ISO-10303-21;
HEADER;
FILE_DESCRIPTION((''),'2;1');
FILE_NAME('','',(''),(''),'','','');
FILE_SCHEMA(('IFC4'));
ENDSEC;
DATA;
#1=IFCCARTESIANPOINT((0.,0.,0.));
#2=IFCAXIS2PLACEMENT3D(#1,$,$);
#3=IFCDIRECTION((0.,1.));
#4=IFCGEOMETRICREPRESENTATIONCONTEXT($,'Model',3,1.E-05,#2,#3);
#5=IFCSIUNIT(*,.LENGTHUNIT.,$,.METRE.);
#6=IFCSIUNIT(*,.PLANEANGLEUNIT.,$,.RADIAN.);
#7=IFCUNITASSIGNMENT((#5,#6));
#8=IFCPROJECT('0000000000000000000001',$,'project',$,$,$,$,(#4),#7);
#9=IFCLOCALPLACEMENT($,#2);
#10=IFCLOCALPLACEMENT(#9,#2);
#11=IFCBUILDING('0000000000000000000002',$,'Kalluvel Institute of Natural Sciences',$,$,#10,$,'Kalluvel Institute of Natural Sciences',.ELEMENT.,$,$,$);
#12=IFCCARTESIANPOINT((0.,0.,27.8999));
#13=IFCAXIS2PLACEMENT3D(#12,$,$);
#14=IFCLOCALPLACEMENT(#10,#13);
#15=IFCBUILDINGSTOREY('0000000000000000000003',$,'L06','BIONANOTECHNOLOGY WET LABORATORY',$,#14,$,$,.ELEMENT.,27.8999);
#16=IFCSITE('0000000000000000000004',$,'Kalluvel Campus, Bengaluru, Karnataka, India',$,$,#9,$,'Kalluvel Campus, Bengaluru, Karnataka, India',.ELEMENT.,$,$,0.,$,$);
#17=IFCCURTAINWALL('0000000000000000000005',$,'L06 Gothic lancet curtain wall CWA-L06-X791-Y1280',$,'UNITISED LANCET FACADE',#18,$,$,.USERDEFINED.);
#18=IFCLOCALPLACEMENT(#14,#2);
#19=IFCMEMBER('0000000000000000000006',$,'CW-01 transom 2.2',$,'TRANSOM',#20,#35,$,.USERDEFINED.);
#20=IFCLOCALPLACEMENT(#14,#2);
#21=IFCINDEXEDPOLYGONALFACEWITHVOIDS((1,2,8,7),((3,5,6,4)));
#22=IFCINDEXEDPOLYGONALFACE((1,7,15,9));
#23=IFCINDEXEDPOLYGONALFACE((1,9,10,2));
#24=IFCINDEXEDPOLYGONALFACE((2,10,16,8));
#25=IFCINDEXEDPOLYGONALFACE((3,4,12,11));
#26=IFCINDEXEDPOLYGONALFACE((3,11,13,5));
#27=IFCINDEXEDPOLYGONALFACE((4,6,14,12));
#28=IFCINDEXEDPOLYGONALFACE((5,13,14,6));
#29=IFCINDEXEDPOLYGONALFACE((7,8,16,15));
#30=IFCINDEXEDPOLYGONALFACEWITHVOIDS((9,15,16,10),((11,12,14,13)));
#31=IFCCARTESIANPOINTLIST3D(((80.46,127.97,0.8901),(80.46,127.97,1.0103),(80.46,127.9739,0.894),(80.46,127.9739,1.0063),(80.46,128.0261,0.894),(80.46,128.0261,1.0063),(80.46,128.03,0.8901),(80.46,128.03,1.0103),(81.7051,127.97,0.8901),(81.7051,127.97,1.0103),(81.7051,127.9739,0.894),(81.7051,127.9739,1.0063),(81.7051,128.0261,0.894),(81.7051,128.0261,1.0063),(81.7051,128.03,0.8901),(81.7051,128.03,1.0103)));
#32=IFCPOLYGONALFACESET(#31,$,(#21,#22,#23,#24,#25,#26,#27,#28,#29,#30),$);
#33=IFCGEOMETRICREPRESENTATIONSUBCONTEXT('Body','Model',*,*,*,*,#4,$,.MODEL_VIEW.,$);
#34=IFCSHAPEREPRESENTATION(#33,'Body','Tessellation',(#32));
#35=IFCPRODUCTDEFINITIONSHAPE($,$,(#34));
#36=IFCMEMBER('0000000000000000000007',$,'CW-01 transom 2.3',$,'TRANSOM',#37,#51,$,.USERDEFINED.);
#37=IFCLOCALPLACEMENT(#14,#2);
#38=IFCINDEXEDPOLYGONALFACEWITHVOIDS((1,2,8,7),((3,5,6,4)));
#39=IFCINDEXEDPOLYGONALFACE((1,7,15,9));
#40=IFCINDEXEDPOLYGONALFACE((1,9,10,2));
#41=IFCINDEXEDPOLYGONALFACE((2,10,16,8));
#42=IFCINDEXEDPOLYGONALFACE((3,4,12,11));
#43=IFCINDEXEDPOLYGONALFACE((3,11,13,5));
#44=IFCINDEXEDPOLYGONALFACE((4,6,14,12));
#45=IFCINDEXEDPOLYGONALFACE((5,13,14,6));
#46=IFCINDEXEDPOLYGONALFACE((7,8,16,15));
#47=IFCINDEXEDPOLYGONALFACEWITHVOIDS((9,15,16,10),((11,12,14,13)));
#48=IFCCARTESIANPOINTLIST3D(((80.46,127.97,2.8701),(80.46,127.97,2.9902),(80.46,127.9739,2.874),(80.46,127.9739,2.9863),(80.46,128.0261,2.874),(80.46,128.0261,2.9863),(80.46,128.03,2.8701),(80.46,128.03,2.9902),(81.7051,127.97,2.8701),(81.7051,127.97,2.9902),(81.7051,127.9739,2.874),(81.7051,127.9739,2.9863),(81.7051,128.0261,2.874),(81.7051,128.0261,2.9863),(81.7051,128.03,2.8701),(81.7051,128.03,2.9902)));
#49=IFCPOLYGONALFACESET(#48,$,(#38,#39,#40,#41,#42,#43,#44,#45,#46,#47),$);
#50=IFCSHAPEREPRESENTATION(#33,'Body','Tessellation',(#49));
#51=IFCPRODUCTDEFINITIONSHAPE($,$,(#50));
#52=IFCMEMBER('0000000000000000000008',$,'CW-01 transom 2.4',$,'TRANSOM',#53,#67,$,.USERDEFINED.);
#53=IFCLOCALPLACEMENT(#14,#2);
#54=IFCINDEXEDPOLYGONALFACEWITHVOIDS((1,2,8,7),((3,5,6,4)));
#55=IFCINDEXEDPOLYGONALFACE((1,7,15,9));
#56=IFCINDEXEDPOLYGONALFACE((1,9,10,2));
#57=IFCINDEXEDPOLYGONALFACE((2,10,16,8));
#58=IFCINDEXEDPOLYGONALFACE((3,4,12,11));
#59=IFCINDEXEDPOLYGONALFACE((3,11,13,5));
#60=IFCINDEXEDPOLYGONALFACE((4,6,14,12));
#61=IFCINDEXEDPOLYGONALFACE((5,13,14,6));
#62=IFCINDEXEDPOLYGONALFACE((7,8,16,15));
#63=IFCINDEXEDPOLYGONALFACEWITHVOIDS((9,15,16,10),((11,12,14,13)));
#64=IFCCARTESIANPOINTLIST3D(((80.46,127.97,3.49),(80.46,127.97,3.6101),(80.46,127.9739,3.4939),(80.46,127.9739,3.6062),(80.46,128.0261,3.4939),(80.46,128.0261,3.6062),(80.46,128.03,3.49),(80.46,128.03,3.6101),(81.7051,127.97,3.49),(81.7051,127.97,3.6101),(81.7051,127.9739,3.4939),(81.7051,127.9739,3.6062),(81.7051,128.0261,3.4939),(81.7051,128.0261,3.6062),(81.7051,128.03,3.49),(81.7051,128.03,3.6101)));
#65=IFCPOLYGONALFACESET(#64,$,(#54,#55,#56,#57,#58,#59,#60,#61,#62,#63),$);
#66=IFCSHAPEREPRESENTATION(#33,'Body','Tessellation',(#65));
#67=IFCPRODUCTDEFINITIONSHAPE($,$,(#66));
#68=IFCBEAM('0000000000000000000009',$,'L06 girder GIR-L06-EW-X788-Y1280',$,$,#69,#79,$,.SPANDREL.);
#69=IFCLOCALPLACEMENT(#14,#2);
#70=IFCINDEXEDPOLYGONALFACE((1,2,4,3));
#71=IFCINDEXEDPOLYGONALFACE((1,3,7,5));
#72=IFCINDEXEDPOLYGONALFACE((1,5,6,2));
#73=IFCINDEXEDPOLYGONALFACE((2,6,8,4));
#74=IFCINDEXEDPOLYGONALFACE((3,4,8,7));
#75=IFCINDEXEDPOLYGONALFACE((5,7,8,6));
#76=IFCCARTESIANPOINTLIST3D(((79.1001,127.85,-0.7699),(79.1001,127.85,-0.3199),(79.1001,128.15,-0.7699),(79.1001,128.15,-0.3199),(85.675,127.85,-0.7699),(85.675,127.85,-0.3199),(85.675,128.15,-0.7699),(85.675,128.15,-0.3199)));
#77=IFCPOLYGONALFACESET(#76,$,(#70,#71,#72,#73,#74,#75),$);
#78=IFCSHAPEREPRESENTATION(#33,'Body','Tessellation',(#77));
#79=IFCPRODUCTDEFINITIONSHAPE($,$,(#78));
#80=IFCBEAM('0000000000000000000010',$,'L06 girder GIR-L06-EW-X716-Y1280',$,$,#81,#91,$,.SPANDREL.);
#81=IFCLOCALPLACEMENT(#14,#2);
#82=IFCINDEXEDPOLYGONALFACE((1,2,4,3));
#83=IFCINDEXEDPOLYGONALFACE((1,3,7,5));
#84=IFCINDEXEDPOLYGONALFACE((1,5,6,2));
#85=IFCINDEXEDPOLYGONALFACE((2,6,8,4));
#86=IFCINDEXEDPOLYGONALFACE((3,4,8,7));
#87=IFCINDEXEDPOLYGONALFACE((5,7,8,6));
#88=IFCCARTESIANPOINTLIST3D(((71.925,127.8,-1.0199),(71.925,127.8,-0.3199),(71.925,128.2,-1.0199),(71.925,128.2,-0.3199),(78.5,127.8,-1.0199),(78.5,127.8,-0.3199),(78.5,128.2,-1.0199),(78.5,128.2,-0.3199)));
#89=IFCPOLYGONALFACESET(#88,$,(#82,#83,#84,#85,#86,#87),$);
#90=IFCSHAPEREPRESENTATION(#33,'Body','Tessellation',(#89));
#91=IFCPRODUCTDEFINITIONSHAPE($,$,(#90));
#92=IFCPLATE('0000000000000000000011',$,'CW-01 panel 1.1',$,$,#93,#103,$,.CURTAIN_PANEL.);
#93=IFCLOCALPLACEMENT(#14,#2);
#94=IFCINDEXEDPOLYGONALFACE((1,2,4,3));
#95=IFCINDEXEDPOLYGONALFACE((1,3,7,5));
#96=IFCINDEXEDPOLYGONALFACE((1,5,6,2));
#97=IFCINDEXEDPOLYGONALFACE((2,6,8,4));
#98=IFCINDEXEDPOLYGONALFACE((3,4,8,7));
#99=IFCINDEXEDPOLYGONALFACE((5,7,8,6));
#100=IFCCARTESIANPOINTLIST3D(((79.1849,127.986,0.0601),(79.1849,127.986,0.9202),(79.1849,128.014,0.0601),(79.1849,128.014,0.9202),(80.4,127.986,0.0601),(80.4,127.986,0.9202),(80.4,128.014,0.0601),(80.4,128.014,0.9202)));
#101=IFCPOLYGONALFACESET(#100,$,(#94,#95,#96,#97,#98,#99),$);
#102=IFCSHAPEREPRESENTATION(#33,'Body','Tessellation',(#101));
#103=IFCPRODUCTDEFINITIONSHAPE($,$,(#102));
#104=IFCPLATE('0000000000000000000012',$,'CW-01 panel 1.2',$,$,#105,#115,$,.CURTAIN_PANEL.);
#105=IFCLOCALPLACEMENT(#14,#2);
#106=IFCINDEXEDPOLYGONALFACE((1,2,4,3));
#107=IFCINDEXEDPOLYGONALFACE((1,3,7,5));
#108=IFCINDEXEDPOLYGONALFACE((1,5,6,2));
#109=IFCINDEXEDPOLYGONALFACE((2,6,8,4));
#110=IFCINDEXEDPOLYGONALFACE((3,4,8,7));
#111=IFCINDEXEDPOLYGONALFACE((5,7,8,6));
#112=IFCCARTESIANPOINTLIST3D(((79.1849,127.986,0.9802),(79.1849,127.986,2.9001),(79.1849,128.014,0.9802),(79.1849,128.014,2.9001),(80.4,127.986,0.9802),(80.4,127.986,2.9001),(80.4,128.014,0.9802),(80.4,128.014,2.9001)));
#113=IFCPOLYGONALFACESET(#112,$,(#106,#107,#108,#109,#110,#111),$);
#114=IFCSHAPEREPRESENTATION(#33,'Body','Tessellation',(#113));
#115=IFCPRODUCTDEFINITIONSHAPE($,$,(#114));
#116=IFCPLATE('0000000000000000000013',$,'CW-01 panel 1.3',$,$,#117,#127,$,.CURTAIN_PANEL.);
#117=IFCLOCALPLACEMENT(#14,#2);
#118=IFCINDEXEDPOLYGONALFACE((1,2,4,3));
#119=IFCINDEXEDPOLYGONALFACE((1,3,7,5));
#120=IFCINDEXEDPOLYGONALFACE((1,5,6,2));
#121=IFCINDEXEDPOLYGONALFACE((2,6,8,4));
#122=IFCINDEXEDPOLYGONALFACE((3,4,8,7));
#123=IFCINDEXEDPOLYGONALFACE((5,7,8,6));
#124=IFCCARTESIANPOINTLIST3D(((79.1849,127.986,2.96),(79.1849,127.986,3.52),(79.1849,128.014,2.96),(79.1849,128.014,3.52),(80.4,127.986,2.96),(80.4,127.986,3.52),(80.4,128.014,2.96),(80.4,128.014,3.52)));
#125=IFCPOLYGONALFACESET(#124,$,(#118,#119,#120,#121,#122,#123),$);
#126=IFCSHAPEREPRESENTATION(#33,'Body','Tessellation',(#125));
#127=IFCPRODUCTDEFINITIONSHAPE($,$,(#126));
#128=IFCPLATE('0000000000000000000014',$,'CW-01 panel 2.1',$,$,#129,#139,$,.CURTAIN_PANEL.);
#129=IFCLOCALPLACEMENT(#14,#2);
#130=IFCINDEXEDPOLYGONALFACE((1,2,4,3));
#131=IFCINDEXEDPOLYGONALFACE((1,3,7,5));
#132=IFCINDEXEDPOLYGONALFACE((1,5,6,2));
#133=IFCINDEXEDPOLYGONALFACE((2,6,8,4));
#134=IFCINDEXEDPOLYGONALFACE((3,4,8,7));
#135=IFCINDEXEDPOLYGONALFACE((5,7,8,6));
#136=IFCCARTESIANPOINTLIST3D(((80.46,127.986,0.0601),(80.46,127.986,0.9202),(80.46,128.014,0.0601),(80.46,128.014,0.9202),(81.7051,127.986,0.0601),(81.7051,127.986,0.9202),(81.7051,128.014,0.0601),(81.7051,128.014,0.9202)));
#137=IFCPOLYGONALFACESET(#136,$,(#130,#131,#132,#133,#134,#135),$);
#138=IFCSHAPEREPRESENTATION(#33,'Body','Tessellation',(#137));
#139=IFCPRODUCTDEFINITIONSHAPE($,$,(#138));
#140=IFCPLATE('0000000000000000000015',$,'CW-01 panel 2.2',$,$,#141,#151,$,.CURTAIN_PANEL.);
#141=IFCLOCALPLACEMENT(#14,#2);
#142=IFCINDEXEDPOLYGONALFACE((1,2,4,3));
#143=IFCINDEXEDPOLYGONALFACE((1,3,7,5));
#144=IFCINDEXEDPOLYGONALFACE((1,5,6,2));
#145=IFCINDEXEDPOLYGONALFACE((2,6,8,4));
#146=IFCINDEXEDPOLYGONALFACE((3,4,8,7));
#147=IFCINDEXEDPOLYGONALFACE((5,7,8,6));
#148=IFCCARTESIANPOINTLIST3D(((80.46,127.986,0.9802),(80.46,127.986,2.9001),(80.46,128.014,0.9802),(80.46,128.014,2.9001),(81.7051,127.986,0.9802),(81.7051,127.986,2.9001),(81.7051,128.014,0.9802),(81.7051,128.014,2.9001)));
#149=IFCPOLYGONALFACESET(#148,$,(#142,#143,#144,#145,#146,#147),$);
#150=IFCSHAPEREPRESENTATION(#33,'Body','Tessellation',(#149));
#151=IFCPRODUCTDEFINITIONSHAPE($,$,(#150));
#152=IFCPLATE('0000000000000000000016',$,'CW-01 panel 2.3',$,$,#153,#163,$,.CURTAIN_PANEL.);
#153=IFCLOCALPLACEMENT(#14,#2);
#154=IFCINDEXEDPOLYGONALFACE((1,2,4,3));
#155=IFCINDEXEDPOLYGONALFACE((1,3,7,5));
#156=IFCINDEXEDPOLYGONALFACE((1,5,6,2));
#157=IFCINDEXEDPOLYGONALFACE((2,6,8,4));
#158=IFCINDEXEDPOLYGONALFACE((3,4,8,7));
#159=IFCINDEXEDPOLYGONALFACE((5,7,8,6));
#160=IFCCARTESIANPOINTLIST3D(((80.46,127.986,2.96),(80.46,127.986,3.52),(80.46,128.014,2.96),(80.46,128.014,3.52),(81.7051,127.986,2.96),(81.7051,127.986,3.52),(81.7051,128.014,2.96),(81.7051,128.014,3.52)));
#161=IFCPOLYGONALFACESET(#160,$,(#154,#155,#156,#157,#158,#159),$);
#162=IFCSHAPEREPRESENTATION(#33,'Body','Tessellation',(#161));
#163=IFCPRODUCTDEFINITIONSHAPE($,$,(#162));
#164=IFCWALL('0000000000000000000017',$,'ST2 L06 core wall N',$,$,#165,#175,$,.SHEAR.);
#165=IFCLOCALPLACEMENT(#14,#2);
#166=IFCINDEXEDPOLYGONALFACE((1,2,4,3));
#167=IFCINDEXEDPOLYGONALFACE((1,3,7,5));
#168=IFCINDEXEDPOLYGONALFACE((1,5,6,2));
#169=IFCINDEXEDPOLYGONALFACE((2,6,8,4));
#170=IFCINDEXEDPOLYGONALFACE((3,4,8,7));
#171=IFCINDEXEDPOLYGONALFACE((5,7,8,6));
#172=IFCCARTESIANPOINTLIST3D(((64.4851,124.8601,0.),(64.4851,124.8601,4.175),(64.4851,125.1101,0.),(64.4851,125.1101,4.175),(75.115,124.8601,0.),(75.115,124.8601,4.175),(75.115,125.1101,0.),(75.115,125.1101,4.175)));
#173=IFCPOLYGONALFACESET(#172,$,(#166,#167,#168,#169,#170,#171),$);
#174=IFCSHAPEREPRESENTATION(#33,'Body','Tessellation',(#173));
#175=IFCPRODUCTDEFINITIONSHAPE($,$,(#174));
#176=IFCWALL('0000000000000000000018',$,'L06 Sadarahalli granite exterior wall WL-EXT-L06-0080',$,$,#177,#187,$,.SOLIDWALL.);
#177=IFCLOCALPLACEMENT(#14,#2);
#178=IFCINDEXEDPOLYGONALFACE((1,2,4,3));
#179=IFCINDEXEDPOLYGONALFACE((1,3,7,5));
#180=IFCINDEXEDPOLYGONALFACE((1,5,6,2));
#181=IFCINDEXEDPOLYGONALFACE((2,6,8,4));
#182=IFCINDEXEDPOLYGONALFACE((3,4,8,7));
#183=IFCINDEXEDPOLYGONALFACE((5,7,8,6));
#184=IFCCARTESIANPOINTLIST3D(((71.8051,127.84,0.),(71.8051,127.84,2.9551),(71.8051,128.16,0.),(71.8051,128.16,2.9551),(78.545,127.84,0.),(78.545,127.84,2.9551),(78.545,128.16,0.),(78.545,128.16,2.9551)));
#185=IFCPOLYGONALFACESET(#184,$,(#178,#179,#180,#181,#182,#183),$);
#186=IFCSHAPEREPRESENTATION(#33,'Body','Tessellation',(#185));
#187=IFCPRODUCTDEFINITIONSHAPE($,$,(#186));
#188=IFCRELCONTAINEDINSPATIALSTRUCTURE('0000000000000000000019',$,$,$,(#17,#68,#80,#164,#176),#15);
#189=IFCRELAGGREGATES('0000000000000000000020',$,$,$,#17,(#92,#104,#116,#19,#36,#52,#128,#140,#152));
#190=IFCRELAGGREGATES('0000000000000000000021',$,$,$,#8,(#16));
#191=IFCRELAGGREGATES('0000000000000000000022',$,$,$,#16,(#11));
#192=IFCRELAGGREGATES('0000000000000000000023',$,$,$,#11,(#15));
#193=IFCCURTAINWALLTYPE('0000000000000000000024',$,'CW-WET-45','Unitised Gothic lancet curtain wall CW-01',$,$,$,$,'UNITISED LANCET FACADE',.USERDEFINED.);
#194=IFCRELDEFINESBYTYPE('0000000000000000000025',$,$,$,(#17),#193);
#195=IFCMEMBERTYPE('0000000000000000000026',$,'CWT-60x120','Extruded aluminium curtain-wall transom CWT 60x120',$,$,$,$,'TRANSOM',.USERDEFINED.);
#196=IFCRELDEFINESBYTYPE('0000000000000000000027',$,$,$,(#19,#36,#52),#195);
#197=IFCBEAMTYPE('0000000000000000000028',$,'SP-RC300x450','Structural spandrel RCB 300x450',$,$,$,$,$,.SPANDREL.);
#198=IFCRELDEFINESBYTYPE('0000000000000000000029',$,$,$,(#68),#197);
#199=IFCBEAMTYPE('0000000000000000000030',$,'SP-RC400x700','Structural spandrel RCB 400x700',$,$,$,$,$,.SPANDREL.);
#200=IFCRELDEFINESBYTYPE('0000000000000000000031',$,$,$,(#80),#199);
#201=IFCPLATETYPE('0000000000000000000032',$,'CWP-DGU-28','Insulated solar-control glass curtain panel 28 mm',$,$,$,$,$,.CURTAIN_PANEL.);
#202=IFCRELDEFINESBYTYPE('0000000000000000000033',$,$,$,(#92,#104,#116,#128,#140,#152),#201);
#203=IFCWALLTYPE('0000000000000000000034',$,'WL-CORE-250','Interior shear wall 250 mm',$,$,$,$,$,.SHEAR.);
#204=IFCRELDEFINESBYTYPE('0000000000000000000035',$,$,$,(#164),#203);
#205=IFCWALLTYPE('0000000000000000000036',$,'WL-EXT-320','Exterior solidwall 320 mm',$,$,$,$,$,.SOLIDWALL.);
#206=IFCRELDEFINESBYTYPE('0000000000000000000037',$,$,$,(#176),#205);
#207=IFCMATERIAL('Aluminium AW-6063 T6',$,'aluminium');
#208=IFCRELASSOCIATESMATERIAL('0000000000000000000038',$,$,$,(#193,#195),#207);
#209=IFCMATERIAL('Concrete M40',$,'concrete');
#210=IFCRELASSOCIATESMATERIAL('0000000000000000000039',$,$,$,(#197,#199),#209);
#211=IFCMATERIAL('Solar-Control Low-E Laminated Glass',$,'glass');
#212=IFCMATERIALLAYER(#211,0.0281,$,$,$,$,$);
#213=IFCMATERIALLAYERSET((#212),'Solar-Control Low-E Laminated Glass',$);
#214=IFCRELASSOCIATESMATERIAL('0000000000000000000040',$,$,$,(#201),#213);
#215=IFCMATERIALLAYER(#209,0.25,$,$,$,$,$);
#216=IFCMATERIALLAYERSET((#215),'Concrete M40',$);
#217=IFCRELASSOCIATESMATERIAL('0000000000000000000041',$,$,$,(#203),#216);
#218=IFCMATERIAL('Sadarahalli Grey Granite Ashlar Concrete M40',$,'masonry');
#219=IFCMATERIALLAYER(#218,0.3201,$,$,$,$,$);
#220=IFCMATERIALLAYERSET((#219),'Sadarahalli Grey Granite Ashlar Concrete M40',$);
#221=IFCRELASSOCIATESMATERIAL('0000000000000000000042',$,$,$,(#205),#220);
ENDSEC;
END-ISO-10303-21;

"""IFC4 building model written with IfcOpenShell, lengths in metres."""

from ifc_helpers import new_model, si_unit, direction, frame, frame_2d, origin, origin_2d, place, context, subcontext, project, spatial, rectangle, hollow_rectangle, extrude, material, layer, layer_set, material_profile, profile_set, type_object, element, aggregate, save


model = new_model("IFC4")

# Units and contexts
model_context = context("Model", 3, precision=1e-05, world=origin(), true_north=direction((0.0, 1.0)))
body_context = subcontext(model_context, "Body", "Model", "MODEL_VIEW")
ifc_project = project(units=[si_unit("LENGTHUNIT", "METRE"), si_unit("PLANEANGLEUNIT", "RADIAN")], contexts=[model_context])

# Site, building, storey
site_placement = place(None, origin())
site = spatial("IfcSite", under=ifc_project, at=site_placement, Name="Kalluvel Campus, Bengaluru, Karnataka, India", LongName="Kalluvel Campus, Bengaluru, Karnataka, India", CompositionType="ELEMENT", RefElevation=0.0)
building_placement = place(site_placement, origin())
building = spatial("IfcBuilding", under=site, at=building_placement, Name="Kalluvel Institute of Natural Sciences", LongName="Kalluvel Institute of Natural Sciences", CompositionType="ELEMENT")
storey_placement = place(building_placement, frame((0.0, 0.0, 27.8999)))
storey = spatial("IfcBuildingStorey", under=building, at=storey_placement, Name="L06", Description="BIONANOTECHNOLOGY WET LABORATORY", CompositionType="ELEMENT", Elevation=27.8999)

# Shared definitions
ifc_material_1 = material(Name="Concrete M40", Category="concrete")

# Curtain wall, members
ifc_material_2 = material(Name="Aluminium AW-6063 T6", Category="aluminium")
curtain_wall_type = type_object("IfcCurtainWallType", Name="CW-WET-45", Description="Unitised Gothic lancet curtain wall CW-01", ElementType="UNITISED LANCET FACADE", PredefinedType="USERDEFINED", material=ifc_material_2)
curtain_wall_placement = place(storey_placement, origin())
curtain_wall = element("IfcCurtainWall", 1, at=curtain_wall_placement, inside=storey, type_object=curtain_wall_type, Name="L06 Gothic lancet curtain wall CWA-L06-X791-Y1280", ObjectType="UNITISED LANCET FACADE", PredefinedType="USERDEFINED")
ifc_material_profile_1 = material_profile(ifc_material_2, hollow_rectangle(XDim=0.0601, YDim=0.1201, WallThickness=0.0039, at=origin_2d()), Name="CWT 60x120")
ifc_profile_set_1 = profile_set([ifc_material_profile_1], Name="Aluminium AW-6063 T6")
member_type_1 = type_object("IfcMemberType", Name="CWT-60x120", Description="Extruded aluminium curtain-wall transom CWT 60x120", ElementType="TRANSOM", PredefinedType="USERDEFINED", material=ifc_profile_set_1)
member_1_placement = place(storey_placement, frame((80.46, 128.0, 0.9502), z_axis=(1.0, 0.0, 0.0), x_axis=(0.0, 1.0, 0.0)))
member_1 = element("IfcMember", 2, at=member_1_placement, type_object=member_type_1, Name="CW-01 transom 2.2", ObjectType="TRANSOM", PredefinedType="USERDEFINED", context=body_context, shape_type="SweptSolid", body=[
    extrude(hollow_rectangle(XDim=0.0601, YDim=0.1201, WallThickness=0.0039, at=origin_2d()), origin(), (0.0, 0.0, 1.0), 1.2451),
])
member_2_placement = place(storey_placement, frame((80.46, 128.0, 2.9302), z_axis=(1.0, 0.0, 0.0), x_axis=(0.0, 1.0, 0.0)))
member_2 = element("IfcMember", 3, at=member_2_placement, type_object=member_type_1, Name="CW-01 transom 2.3", ObjectType="TRANSOM", PredefinedType="USERDEFINED", context=body_context, shape_type="SweptSolid", body=[
    extrude(hollow_rectangle(XDim=0.0601, YDim=0.1201, WallThickness=0.0039, at=origin_2d()), origin(), (0.0, 0.0, 1.0), 1.2451),
])
member_3_placement = place(storey_placement, frame((80.46, 128.0, 3.55), z_axis=(1.0, 0.0, 0.0), x_axis=(0.0, 1.0, 0.0)))
member_3 = element("IfcMember", 4, at=member_3_placement, type_object=member_type_1, Name="CW-01 transom 2.4", ObjectType="TRANSOM", PredefinedType="USERDEFINED", context=body_context, shape_type="SweptSolid", body=[
    extrude(hollow_rectangle(XDim=0.0601, YDim=0.1201, WallThickness=0.0039, at=origin_2d()), origin(), (0.0, 0.0, 1.0), 1.2451),
])

# Beams
ifc_material_profile_2 = material_profile(ifc_material_1, rectangle(XDim=0.3, YDim=0.45, at=origin_2d()), Name="RCB 300x450")
ifc_profile_set_2 = profile_set([ifc_material_profile_2], Name="Concrete M40")
beam_type_1 = type_object("IfcBeamType", Name="SP-RC300x450", Description="Structural spandrel RCB 300x450", PredefinedType="SPANDREL", material=ifc_profile_set_2)
beam_1_placement = place(storey_placement, frame((79.1001, 128.0, -0.5449), z_axis=(1.0, 0.0, 0.0), x_axis=(0.0, 1.0, 0.0)))
element("IfcBeam", 5, at=beam_1_placement, inside=storey, type_object=beam_type_1, Name="L06 girder GIR-L06-EW-X788-Y1280", PredefinedType="SPANDREL", context=body_context, shape_type="SweptSolid", body=[
    extrude(rectangle(XDim=0.3, YDim=0.45, at=origin_2d()), origin(), (0.0, 0.0, 1.0), 6.575),
])
ifc_material_profile_3 = material_profile(ifc_material_1, rectangle(XDim=0.3999, YDim=0.7, at=origin_2d()), Name="RCB 400x700")
ifc_profile_set_3 = profile_set([ifc_material_profile_3], Name="Concrete M40")
beam_type_2 = type_object("IfcBeamType", Name="SP-RC400x700", Description="Structural spandrel RCB 400x700", PredefinedType="SPANDREL", material=ifc_profile_set_3)
beam_2_placement = place(storey_placement, frame((71.925, 128.0, -0.6699), z_axis=(1.0, 0.0, 0.0), x_axis=(0.0, 1.0, 0.0)))
element("IfcBeam", 6, at=beam_2_placement, inside=storey, type_object=beam_type_2, Name="L06 girder GIR-L06-EW-X716-Y1280", PredefinedType="SPANDREL", context=body_context, shape_type="SweptSolid", body=[
    extrude(rectangle(XDim=0.3999, YDim=0.7, at=origin_2d()), origin(), (0.0, 0.0, 1.0), 6.575),
])

# Plates
ifc_material_3 = material(Name="Solar-Control Low-E Laminated Glass", Category="glass")
ifc_layer_1 = layer(ifc_material_3, 0.0281)
ifc_layer_set_1 = layer_set([ifc_layer_1], Name="Solar-Control Low-E Laminated Glass")
plate_type = type_object("IfcPlateType", Name="CWP-DGU-28", Description="Insulated solar-control glass curtain panel 28 mm", PredefinedType="CURTAIN_PANEL", material=ifc_layer_set_1)
plate_1_placement = place(storey_placement, frame((79.7925, 128.0, 0.0601), z_axis=(0.0, 0.0, 1.0), x_axis=(1.0, 0.0, 0.0)))
plate_1 = element("IfcPlate", 7, at=plate_1_placement, type_object=plate_type, Name="CW-01 panel 1.1", PredefinedType="CURTAIN_PANEL", context=body_context, shape_type="SweptSolid", body=[
    extrude(rectangle(XDim=1.2151, YDim=0.0281, at=origin_2d()), origin(), (0.0, 0.0, 1.0), 0.8601),
])
plate_2_placement = place(storey_placement, frame((79.7925, 128.0, 0.9802), z_axis=(0.0, 0.0, 1.0), x_axis=(1.0, 0.0, 0.0)))
plate_2 = element("IfcPlate", 8, at=plate_2_placement, type_object=plate_type, Name="CW-01 panel 1.2", PredefinedType="CURTAIN_PANEL", context=body_context, shape_type="SweptSolid", body=[
    extrude(rectangle(XDim=1.2151, YDim=0.0281, at=origin_2d()), origin(), (0.0, 0.0, 1.0), 1.9199),
])
plate_3_placement = place(storey_placement, frame((79.7925, 128.0, 2.96), z_axis=(0.0, 0.0, 1.0), x_axis=(1.0, 0.0, 0.0)))
plate_3 = element("IfcPlate", 9, at=plate_3_placement, type_object=plate_type, Name="CW-01 panel 1.3", PredefinedType="CURTAIN_PANEL", context=body_context, shape_type="SweptSolid", body=[
    extrude(rectangle(XDim=1.2151, YDim=0.0281, at=origin_2d()), origin(), (0.0, 0.0, 1.0), 0.5601),
])
plate_4_placement = place(storey_placement, frame((81.0825, 128.0, 0.0601), z_axis=(0.0, 0.0, 1.0), x_axis=(1.0, 0.0, 0.0)))
plate_4 = element("IfcPlate", 10, at=plate_4_placement, type_object=plate_type, Name="CW-01 panel 2.1", PredefinedType="CURTAIN_PANEL", context=body_context, shape_type="SweptSolid", body=[
    extrude(rectangle(XDim=1.2451, YDim=0.0281, at=origin_2d()), origin(), (0.0, 0.0, 1.0), 0.8601),
])
plate_5_placement = place(storey_placement, frame((81.0825, 128.0, 0.9802), z_axis=(0.0, 0.0, 1.0), x_axis=(1.0, 0.0, 0.0)))
plate_5 = element("IfcPlate", 11, at=plate_5_placement, type_object=plate_type, Name="CW-01 panel 2.2", PredefinedType="CURTAIN_PANEL", context=body_context, shape_type="SweptSolid", body=[
    extrude(rectangle(XDim=1.2451, YDim=0.0281, at=origin_2d()), origin(), (0.0, 0.0, 1.0), 1.9199),
])
plate_6_placement = place(storey_placement, frame((81.0825, 128.0, 2.96), z_axis=(0.0, 0.0, 1.0), x_axis=(1.0, 0.0, 0.0)))
plate_6 = element("IfcPlate", 12, at=plate_6_placement, type_object=plate_type, Name="CW-01 panel 2.3", PredefinedType="CURTAIN_PANEL", context=body_context, shape_type="SweptSolid", body=[
    extrude(rectangle(XDim=1.2451, YDim=0.0281, at=origin_2d()), origin(), (0.0, 0.0, 1.0), 0.5601),
])
aggregate(curtain_wall, [plate_1, plate_2, plate_3, member_1, member_2, member_3, plate_4, plate_5, plate_6])

# Walls
ifc_layer_2 = layer(ifc_material_1, 0.25)
ifc_layer_set_2 = layer_set([ifc_layer_2], Name="Concrete M40")
wall_type_1 = type_object("IfcWallType", Name="WL-CORE-250", Description="Interior shear wall 250 mm", PredefinedType="SHEAR", material=ifc_layer_set_2)
wall_1_placement = place(storey_placement, frame((75.115, 124.9851, 0.0), z_axis=(0.0, 0.0, 1.0), x_axis=(-1.0, 0.0, 0.0)))
element("IfcWall", 13, at=wall_1_placement, inside=storey, type_object=wall_type_1, Name="ST2 L06 core wall N", PredefinedType="SHEAR", context=body_context, shape_type="SweptSolid", body=[
    extrude(rectangle(XDim=10.6299, YDim=0.25, at=frame_2d((5.3149, 0.0))), origin(), (0.0, 0.0, 1.0), 4.175),
])
ifc_material_4 = material(Name="Sadarahalli Grey Granite Ashlar Concrete M40", Category="masonry")
ifc_layer_3 = layer(ifc_material_4, 0.3201)
ifc_layer_set_3 = layer_set([ifc_layer_3], Name="Sadarahalli Grey Granite Ashlar Concrete M40")
wall_type_2 = type_object("IfcWallType", Name="WL-EXT-320", Description="Exterior solidwall 320 mm", PredefinedType="SOLIDWALL", material=ifc_layer_set_3)
wall_2_placement = place(storey_placement, frame((71.8049, 128.0, 0.0), z_axis=(0.0, 0.0, 1.0), x_axis=(1.0, 0.0, 0.0)))
element("IfcWall", 14, at=wall_2_placement, inside=storey, type_object=wall_type_2, Name="L06 Sadarahalli granite exterior wall WL-EXT-L06-0080", PredefinedType="SOLIDWALL", context=body_context, shape_type="SweptSolid", body=[
    extrude(rectangle(XDim=6.74, YDim=0.3201, at=frame_2d((3.3701, 0.0))), origin(), (0.0, 0.0, 1.0), 2.9551),
])

save(model, "model.ifc")
